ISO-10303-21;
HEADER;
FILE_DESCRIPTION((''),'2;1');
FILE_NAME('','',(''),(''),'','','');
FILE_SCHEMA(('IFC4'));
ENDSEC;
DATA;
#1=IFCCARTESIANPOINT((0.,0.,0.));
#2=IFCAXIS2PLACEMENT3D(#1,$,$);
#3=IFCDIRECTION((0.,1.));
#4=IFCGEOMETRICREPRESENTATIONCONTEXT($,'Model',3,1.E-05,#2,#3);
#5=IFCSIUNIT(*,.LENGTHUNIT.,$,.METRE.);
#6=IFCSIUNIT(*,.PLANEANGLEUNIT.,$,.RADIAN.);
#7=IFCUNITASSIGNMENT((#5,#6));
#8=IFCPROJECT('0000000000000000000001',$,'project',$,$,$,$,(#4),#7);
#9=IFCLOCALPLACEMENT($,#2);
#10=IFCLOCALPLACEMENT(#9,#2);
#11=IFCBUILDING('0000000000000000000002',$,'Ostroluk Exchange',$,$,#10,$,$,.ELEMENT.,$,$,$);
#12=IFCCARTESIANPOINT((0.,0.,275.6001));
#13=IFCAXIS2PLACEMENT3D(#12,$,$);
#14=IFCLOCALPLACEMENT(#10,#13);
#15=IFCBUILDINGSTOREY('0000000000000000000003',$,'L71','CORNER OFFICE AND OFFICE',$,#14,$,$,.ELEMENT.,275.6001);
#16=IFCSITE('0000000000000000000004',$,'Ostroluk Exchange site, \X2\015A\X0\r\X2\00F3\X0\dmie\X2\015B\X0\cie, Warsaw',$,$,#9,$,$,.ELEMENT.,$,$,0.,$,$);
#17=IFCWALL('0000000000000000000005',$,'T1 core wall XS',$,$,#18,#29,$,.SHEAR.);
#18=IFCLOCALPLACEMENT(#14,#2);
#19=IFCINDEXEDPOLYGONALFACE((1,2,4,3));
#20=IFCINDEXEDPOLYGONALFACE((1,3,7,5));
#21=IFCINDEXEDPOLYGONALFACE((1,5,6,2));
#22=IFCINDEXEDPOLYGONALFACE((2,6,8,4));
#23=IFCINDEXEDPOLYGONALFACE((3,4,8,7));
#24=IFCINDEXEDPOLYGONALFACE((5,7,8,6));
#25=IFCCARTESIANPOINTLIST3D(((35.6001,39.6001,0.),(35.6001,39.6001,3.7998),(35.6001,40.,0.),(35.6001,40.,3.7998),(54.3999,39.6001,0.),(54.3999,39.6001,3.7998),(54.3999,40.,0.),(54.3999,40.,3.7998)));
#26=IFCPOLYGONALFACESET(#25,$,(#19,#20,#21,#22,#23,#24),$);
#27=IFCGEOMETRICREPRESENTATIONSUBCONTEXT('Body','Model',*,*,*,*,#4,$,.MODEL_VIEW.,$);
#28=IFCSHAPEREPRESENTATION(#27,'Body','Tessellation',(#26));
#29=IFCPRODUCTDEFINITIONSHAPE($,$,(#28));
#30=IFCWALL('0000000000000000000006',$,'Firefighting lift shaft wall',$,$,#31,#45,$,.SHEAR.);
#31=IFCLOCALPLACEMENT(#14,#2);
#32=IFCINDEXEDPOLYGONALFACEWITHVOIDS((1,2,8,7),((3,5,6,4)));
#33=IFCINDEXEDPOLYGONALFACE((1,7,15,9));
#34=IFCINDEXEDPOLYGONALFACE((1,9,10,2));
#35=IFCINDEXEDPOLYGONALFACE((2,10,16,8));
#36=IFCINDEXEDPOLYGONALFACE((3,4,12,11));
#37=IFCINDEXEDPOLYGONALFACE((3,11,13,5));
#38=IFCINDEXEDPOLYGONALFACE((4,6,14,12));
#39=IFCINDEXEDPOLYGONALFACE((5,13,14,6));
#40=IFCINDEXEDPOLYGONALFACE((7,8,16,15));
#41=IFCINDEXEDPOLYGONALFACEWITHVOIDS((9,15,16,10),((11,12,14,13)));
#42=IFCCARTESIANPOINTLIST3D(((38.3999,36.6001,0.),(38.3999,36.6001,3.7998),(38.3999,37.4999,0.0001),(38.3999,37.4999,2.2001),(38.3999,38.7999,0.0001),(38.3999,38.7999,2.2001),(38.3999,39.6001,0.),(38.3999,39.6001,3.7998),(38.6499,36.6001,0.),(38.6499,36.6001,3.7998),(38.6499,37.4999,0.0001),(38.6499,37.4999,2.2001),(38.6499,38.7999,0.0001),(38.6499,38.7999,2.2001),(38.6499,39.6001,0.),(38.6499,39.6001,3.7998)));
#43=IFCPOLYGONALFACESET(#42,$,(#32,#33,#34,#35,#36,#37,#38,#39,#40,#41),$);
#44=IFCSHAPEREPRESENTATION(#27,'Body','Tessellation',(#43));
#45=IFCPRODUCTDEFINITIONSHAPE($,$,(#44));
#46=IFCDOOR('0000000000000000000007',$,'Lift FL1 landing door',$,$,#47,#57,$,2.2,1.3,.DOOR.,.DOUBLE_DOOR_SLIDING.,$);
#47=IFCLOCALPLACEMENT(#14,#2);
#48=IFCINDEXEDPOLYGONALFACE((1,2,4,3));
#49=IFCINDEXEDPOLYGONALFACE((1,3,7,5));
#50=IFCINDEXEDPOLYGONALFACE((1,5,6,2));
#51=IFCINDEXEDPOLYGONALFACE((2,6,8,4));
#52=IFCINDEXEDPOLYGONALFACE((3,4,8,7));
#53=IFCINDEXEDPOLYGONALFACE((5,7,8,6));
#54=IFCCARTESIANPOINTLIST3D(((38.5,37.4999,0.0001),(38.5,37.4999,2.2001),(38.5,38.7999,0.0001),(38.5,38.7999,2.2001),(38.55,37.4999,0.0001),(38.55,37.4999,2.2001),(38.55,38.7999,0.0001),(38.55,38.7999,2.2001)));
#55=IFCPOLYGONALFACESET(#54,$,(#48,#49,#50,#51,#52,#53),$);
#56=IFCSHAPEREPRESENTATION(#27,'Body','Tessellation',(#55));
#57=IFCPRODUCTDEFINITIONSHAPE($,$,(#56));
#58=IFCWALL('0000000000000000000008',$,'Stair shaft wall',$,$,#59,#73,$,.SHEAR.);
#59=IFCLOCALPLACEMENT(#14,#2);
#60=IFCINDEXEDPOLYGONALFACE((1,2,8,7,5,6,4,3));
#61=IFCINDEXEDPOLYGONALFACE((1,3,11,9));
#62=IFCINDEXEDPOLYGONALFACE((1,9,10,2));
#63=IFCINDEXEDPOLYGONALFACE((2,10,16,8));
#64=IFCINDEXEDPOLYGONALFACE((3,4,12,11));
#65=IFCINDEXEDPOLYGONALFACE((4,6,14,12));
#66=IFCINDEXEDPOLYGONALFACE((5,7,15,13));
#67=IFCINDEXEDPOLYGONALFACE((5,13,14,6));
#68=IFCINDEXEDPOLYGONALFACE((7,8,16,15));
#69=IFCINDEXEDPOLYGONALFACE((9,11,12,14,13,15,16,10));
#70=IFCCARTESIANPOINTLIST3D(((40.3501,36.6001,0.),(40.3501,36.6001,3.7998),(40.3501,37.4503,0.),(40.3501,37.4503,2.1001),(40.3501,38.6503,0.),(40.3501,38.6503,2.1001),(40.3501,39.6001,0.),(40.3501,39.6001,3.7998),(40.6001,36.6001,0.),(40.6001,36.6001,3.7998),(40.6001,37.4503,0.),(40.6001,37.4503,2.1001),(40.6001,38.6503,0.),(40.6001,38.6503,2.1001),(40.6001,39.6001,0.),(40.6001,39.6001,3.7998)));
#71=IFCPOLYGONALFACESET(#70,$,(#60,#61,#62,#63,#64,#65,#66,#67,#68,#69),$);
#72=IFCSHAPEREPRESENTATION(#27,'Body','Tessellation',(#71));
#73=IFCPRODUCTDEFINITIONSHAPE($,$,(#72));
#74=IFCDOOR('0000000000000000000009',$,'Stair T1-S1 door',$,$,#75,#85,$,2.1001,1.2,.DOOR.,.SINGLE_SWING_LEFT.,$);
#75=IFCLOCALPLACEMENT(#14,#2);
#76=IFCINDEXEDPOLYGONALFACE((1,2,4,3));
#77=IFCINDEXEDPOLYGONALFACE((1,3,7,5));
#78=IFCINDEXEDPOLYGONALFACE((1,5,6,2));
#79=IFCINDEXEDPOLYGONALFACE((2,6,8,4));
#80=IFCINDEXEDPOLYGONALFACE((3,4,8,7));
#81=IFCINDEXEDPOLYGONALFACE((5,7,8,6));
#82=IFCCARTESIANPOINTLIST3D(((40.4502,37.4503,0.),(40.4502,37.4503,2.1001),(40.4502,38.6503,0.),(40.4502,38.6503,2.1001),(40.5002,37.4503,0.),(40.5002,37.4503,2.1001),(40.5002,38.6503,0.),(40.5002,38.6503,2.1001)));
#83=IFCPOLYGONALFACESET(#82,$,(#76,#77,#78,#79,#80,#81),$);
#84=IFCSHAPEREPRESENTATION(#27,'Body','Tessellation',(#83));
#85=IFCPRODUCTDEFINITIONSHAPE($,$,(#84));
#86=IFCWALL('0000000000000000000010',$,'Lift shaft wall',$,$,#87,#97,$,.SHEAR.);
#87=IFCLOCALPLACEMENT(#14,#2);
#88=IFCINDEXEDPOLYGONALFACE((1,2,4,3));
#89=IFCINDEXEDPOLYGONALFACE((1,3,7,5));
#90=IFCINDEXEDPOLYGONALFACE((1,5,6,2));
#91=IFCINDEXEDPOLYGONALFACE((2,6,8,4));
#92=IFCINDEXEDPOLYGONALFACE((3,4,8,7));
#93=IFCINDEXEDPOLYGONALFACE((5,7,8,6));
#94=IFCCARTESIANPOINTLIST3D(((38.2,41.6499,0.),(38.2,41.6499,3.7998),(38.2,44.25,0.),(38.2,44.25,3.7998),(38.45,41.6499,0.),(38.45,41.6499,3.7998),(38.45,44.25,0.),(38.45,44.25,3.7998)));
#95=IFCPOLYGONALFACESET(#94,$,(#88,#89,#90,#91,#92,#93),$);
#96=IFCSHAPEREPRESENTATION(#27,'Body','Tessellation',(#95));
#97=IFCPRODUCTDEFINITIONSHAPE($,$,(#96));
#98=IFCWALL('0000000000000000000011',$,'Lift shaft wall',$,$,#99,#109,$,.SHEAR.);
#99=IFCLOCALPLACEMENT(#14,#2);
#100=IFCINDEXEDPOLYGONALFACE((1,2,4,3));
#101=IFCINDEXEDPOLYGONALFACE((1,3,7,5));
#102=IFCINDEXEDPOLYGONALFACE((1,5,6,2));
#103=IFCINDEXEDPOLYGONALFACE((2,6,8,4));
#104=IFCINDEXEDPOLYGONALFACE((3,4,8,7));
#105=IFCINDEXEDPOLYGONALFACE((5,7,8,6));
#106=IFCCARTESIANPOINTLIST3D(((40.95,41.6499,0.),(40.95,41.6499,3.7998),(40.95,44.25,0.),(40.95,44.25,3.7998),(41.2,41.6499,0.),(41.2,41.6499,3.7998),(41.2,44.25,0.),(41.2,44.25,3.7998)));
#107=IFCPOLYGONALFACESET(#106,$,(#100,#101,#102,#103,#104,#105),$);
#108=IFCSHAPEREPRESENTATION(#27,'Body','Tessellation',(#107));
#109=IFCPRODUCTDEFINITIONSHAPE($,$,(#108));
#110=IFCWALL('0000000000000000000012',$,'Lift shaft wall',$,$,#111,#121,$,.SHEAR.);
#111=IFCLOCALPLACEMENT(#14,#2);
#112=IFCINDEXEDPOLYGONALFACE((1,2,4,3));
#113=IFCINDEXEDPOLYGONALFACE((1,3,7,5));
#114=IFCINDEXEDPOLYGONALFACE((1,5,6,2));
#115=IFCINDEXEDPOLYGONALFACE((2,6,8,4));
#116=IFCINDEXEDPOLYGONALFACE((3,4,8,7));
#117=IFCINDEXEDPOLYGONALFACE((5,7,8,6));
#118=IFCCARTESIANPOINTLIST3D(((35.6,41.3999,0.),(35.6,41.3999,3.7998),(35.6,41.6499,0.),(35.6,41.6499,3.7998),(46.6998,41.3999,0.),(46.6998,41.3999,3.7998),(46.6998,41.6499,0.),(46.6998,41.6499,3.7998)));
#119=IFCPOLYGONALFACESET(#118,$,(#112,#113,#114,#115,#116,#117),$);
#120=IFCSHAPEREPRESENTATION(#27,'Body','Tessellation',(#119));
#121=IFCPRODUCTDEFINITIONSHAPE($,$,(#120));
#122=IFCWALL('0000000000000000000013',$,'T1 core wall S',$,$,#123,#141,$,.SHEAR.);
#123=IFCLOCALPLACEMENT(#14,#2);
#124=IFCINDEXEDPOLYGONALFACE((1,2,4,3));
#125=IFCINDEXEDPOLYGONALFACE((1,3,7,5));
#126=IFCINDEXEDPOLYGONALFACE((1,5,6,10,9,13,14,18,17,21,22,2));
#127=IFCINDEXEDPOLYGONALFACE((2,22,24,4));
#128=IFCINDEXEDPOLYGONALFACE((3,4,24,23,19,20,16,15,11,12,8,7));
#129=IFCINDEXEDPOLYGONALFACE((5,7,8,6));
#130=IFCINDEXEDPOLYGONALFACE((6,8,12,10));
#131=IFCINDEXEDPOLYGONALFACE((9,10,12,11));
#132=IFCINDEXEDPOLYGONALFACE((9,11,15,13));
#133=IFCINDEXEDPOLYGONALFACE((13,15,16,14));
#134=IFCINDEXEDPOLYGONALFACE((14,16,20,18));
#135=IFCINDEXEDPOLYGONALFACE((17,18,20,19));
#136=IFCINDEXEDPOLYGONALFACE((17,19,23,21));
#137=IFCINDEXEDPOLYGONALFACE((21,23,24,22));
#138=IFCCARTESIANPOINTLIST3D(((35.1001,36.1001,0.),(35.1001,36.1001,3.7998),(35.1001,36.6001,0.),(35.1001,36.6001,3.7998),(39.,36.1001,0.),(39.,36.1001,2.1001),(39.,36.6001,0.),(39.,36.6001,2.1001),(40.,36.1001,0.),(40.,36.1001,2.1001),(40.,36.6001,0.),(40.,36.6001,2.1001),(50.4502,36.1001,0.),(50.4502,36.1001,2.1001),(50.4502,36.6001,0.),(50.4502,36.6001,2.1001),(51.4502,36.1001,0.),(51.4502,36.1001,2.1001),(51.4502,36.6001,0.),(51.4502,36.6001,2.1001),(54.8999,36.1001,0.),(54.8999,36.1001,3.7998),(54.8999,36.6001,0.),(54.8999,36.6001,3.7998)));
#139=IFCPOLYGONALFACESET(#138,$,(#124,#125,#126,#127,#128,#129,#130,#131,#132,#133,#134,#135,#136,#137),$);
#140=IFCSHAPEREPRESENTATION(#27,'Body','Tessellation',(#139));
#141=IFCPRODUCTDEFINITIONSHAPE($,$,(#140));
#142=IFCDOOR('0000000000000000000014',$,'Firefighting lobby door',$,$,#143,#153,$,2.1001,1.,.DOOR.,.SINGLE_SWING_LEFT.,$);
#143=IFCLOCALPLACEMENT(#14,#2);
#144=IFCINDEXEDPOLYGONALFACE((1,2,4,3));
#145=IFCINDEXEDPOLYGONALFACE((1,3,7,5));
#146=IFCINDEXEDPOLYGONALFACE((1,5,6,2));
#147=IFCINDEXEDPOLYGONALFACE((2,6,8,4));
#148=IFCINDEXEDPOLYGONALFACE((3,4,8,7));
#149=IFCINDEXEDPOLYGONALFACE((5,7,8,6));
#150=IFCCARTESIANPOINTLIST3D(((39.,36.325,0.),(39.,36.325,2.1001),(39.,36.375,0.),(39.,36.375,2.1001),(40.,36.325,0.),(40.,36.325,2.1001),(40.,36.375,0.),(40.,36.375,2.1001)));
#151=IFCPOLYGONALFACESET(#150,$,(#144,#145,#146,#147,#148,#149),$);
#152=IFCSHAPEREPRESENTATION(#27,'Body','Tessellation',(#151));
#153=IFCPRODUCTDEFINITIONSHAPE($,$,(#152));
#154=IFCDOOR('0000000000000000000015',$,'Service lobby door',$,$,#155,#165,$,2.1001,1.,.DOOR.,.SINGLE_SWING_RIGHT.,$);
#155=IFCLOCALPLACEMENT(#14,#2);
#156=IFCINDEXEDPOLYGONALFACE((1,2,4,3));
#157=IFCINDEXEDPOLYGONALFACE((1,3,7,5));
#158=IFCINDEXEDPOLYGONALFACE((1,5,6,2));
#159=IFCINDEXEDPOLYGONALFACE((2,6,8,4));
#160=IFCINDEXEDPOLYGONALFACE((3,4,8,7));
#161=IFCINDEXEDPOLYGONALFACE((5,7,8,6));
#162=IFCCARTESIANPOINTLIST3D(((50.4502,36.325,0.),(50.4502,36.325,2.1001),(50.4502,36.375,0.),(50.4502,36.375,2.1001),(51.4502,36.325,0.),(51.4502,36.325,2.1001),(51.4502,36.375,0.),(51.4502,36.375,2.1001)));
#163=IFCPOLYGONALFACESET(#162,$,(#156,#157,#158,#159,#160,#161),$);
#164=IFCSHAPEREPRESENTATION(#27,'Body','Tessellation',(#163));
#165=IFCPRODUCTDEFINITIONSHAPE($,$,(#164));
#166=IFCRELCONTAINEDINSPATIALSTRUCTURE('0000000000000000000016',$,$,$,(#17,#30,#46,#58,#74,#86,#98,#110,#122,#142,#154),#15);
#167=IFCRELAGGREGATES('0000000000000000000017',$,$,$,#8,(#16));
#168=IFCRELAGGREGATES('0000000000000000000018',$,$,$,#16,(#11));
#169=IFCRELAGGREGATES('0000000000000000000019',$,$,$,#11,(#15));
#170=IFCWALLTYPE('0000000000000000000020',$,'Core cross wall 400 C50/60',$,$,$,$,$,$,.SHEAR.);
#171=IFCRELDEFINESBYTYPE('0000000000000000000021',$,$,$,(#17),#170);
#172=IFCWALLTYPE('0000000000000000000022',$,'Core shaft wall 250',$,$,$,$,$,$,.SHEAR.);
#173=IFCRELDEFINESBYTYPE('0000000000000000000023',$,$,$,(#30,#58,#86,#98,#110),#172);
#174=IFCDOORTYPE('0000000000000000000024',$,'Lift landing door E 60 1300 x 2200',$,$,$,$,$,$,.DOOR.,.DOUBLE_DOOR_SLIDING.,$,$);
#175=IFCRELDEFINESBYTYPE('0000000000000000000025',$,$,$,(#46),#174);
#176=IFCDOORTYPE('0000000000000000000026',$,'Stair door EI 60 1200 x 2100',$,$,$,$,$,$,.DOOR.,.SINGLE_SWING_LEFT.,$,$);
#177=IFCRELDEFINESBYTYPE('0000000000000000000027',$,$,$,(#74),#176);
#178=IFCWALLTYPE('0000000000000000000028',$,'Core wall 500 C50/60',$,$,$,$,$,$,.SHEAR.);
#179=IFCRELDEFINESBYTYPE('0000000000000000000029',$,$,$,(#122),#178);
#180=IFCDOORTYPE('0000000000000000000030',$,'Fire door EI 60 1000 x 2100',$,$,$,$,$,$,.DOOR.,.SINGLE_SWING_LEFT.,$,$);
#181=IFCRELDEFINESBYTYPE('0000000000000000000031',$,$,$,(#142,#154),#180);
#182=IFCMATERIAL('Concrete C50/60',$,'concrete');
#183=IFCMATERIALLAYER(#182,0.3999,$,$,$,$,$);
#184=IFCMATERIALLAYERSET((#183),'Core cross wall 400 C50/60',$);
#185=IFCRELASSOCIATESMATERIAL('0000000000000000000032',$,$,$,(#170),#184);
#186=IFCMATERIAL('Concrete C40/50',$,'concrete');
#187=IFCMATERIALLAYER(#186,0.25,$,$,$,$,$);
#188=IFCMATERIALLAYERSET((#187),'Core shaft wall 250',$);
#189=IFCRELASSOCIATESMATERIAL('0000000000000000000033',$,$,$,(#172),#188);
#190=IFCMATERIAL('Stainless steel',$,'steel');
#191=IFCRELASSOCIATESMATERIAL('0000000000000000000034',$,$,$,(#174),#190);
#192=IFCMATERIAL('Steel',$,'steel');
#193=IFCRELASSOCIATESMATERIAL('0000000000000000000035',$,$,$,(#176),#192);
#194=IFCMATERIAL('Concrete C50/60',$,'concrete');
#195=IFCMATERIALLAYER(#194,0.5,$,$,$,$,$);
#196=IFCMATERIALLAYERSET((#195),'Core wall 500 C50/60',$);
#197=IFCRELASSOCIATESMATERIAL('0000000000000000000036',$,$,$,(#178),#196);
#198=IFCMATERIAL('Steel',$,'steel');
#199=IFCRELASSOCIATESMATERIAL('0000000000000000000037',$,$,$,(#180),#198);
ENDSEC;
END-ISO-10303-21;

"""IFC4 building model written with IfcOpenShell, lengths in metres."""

from ifc_helpers import new_model, si_unit, direction, frame, frame_2d, origin, place, context, subcontext, project, spatial, rectangle, extrude, material, layer, layer_set, type_object, element, fill, save


model = new_model("IFC4")

# Units and contexts
model_context = context("Model", 3, precision=1e-05, world=origin(), true_north=direction((0.0, 1.0)))
body_context = subcontext(model_context, "Body", "Model", "MODEL_VIEW")
ifc_project = project(units=[si_unit("LENGTHUNIT", "METRE"), si_unit("PLANEANGLEUNIT", "RADIAN")], contexts=[model_context])

# Site, building, storey
site_placement = place(None, origin())
site = spatial("IfcSite", under=ifc_project, at=site_placement, Name="Ostroluk Exchange site, Śródmieście, Warsaw", CompositionType="ELEMENT", RefElevation=0.0)
building_placement = place(site_placement, origin())
building = spatial("IfcBuilding", under=site, at=building_placement, Name="Ostroluk Exchange", CompositionType="ELEMENT")
storey_placement = place(building_placement, frame((0.0, 0.0, 275.6001)))
storey = spatial("IfcBuildingStorey", under=building, at=storey_placement, Name="L71", Description="CORNER OFFICE AND OFFICE", CompositionType="ELEMENT", Elevation=275.6001)

# Wall
ifc_material_1 = material(Name="Concrete C50/60", Category="concrete")
ifc_layer_1 = layer(ifc_material_1, 0.3999)
ifc_layer_set_1 = layer_set([ifc_layer_1], Name="Core cross wall 400 C50/60")
wall_type_1 = type_object("IfcWallType", Name="Core cross wall 400 C50/60", PredefinedType="SHEAR", material=ifc_layer_set_1)
wall_1_placement = place(storey_placement, frame((35.6001, 39.8, 0.0), z_axis=(0.0, 0.0, 1.0), x_axis=(1.0, 0.0, 0.0)))
element("IfcWall", 1, at=wall_1_placement, inside=storey, type_object=wall_type_1, Name="T1 core wall XS", PredefinedType="SHEAR", context=body_context, shape_type="SweptSolid", body=[
    extrude(rectangle(XDim=18.7998, YDim=0.3999, at=frame_2d((9.3999, 0.0))), origin(), (0.0, 0.0, 1.0), 3.7998),
])

# Walls, openings, doors
ifc_material_2 = material(Name="Concrete C40/50", Category="concrete")
ifc_layer_2 = layer(ifc_material_2, 0.25)
ifc_layer_set_2 = layer_set([ifc_layer_2], Name="Core shaft wall 250")
wall_type_2 = type_object("IfcWallType", Name="Core shaft wall 250", PredefinedType="SHEAR", material=ifc_layer_set_2)
wall_2_placement = place(storey_placement, frame((38.5249, 36.6001, 0.0), z_axis=(0.0, 0.0, 1.0), x_axis=(0.0, 1.0, 0.0)))
wall_2 = element("IfcWall", 2, at=wall_2_placement, inside=storey, type_object=wall_type_2, Name="Firefighting lift shaft wall", PredefinedType="SHEAR", context=body_context, shape_type="SweptSolid", body=[
    extrude(rectangle(XDim=3.0, YDim=0.25, at=frame_2d((1.5, 0.0))), origin(), (0.0, 0.0, 1.0), 3.7998),
])
opening_1_placement = place(wall_2_placement, frame((0.8999, 0.0, 0.0)))
opening_1 = element("IfcOpeningElement", 3, at=opening_1_placement, cuts=wall_2, PredefinedType="OPENING", context=body_context, shape_type="SweptSolid", body=[
    extrude(rectangle(XDim=1.3, YDim=2.2, at=frame_2d((0.6499, 1.1001))), frame((0.0, 0.135, 0.0), z_axis=(0.0, -1.0, 0.0), x_axis=(1.0, 0.0, 0.0)), (0.0, 0.0, 1.0), 0.27),
])
ifc_material_3 = material(Name="Stainless steel", Category="steel")
door_type_1 = type_object("IfcDoorType", Name="Lift landing door E 60 1300 x 2200", OperationType="DOUBLE_DOOR_SLIDING", PredefinedType="DOOR", material=ifc_material_3)
door_1_placement = place(opening_1_placement, origin())
door_1 = element("IfcDoor", 4, at=door_1_placement, inside=storey, type_object=door_type_1, Name="Lift FL1 landing door", OperationType="DOUBLE_DOOR_SLIDING", OverallHeight=2.2, OverallWidth=1.3, PredefinedType="DOOR", context=body_context, shape_type="SweptSolid", body=[
    extrude(rectangle(XDim=1.3, YDim=2.2, at=frame_2d((0.6499, 1.1001))), frame((0.0, 0.0249, 0.0), z_axis=(0.0, -1.0, 0.0), x_axis=(1.0, 0.0, 0.0)), (0.0, 0.0, 1.0), 0.05),
])
fill(opening_1, door_1)
wall_3_placement = place(storey_placement, frame((40.4751, 36.6001, 0.0), z_axis=(0.0, 0.0, 1.0), x_axis=(0.0, 1.0, 0.0)))
wall_3 = element("IfcWall", 5, at=wall_3_placement, inside=storey, type_object=wall_type_2, Name="Stair shaft wall", PredefinedType="SHEAR", context=body_context, shape_type="SweptSolid", body=[
    extrude(rectangle(XDim=3.0, YDim=0.25, at=frame_2d((1.5, 0.0))), origin(), (0.0, 0.0, 1.0), 3.7998),
])
opening_2_placement = place(wall_3_placement, frame((0.8501, 0.0, 0.0)))
opening_2 = element("IfcOpeningElement", 6, at=opening_2_placement, cuts=wall_3, PredefinedType="OPENING", context=body_context, shape_type="SweptSolid", body=[
    extrude(rectangle(XDim=1.2, YDim=2.1001, at=frame_2d((0.6001, 1.05))), frame((0.0, 0.135, 0.0), z_axis=(0.0, -1.0, 0.0), x_axis=(1.0, 0.0, 0.0)), (0.0, 0.0, 1.0), 0.27),
])
ifc_material_4 = material(Name="Steel", Category="steel")
door_type_2 = type_object("IfcDoorType", Name="Stair door EI 60 1200 x 2100", OperationType="SINGLE_SWING_LEFT", PredefinedType="DOOR", material=ifc_material_4)
door_2_placement = place(opening_2_placement, origin())
door_2 = element("IfcDoor", 7, at=door_2_placement, inside=storey, type_object=door_type_2, Name="Stair T1-S1 door", OperationType="SINGLE_SWING_LEFT", OverallHeight=2.1001, OverallWidth=1.2, PredefinedType="DOOR", context=body_context, shape_type="SweptSolid", body=[
    extrude(rectangle(XDim=1.2, YDim=2.1001, at=frame_2d((0.6001, 1.05))), frame((0.0, 0.0249, 0.0), z_axis=(0.0, -1.0, 0.0), x_axis=(1.0, 0.0, 0.0)), (0.0, 0.0, 1.0), 0.05),
])
fill(opening_2, door_2)

# Walls
for number, where, z_axis, x_axis, name in (
    (8, (38.325, 44.25, 0.0), (0.0, 0.0, 1.0), (0.0, -1.0, 0.0), "Lift shaft wall"),
    (9, (41.075, 44.25, 0.0), (0.0, 0.0, 1.0), (0.0, -1.0, 0.0), "Lift shaft wall"),
):
    element("IfcWall", number, at=place(storey_placement, frame(where, z_axis=z_axis, x_axis=x_axis)), inside=storey, type_object=wall_type_2, Name=name, PredefinedType="SHEAR", context=body_context, shape_type="SweptSolid", body=[
        extrude(rectangle(XDim=2.6001, YDim=0.25, at=frame_2d((1.3, 0.0))), origin(), (0.0, 0.0, 1.0), 3.7998),
    ])
wall_4_placement = place(storey_placement, frame((35.6001, 41.5249, 0.0), z_axis=(0.0, 0.0, 1.0), x_axis=(1.0, 0.0, 0.0)))
element("IfcWall", 10, at=wall_4_placement, inside=storey, type_object=wall_type_2, Name="Lift shaft wall", PredefinedType="SHEAR", context=body_context, shape_type="SweptSolid", body=[
    extrude(rectangle(XDim=11.0999, YDim=0.25, at=frame_2d((5.5498, 0.0))), origin(), (0.0, 0.0, 1.0), 3.7998),
])

# Wall, openings, doors
ifc_material_5 = material(Name="Concrete C50/60", Category="concrete")
ifc_layer_3 = layer(ifc_material_5, 0.5)
ifc_layer_set_3 = layer_set([ifc_layer_3], Name="Core wall 500 C50/60")
wall_type_3 = type_object("IfcWallType", Name="Core wall 500 C50/60", PredefinedType="SHEAR", material=ifc_layer_set_3)
wall_5_placement = place(storey_placement, frame((35.1001, 36.3501, 0.0), z_axis=(0.0, 0.0, 1.0), x_axis=(1.0, 0.0, 0.0)))
wall_5 = element("IfcWall", 11, at=wall_5_placement, inside=storey, type_object=wall_type_3, Name="T1 core wall S", PredefinedType="SHEAR", context=body_context, shape_type="SweptSolid", body=[
    extrude(rectangle(XDim=19.7998, YDim=0.5, at=frame_2d((9.8999, 0.0))), origin(), (0.0, 0.0, 1.0), 3.7998),
])
opening_3_placement = place(wall_5_placement, frame((3.8999, 0.0, 0.0)))
opening_3 = element("IfcOpeningElement", 12, at=opening_3_placement, cuts=wall_5, PredefinedType="OPENING", context=body_context, shape_type="SweptSolid", body=[
    extrude(rectangle(XDim=1.0, YDim=2.1001, at=frame_2d((0.5, 1.05))), frame((0.0, 0.26, 0.0), z_axis=(0.0, -1.0, 0.0), x_axis=(1.0, 0.0, 0.0)), (0.0, 0.0, 1.0), 0.52),
])
opening_4_placement = place(wall_5_placement, frame((15.3501, 0.0, 0.0)))
opening_4 = element("IfcOpeningElement", 13, at=opening_4_placement, cuts=wall_5, PredefinedType="OPENING", context=body_context, shape_type="SweptSolid", body=[
    extrude(rectangle(XDim=1.0, YDim=2.1001, at=frame_2d((0.5, 1.05))), frame((0.0, 0.26, 0.0), z_axis=(0.0, -1.0, 0.0), x_axis=(1.0, 0.0, 0.0)), (0.0, 0.0, 1.0), 0.52),
])
ifc_material_6 = material(Name="Steel", Category="steel")
door_type_3 = type_object("IfcDoorType", Name="Fire door EI 60 1000 x 2100", OperationType="SINGLE_SWING_LEFT", PredefinedType="DOOR", material=ifc_material_6)
door_3_placement = place(opening_3_placement, origin())
door_3 = element("IfcDoor", 14, at=door_3_placement, inside=storey, type_object=door_type_3, Name="Firefighting lobby door", OperationType="SINGLE_SWING_LEFT", OverallHeight=2.1001, OverallWidth=1.0, PredefinedType="DOOR", context=body_context, shape_type="SweptSolid", body=[
    extrude(rectangle(XDim=1.0, YDim=2.1001, at=frame_2d((0.5, 1.05))), frame((0.0, 0.0249, 0.0), z_axis=(0.0, -1.0, 0.0), x_axis=(1.0, 0.0, 0.0)), (0.0, 0.0, 1.0), 0.05),
])
fill(opening_3, door_3)
door_4_placement = place(opening_4_placement, origin())
door_4 = element("IfcDoor", 15, at=door_4_placement, inside=storey, type_object=door_type_3, Name="Service lobby door", OperationType="SINGLE_SWING_RIGHT", OverallHeight=2.1001, OverallWidth=1.0, PredefinedType="DOOR", context=body_context, shape_type="SweptSolid", body=[
    extrude(rectangle(XDim=1.0, YDim=2.1001, at=frame_2d((0.5, 1.05))), frame((0.0, 0.0249, 0.0), z_axis=(0.0, -1.0, 0.0), x_axis=(1.0, 0.0, 0.0)), (0.0, 0.0, 1.0), 0.05),
])
fill(opening_4, door_4)

save(model, "model.ifc")
